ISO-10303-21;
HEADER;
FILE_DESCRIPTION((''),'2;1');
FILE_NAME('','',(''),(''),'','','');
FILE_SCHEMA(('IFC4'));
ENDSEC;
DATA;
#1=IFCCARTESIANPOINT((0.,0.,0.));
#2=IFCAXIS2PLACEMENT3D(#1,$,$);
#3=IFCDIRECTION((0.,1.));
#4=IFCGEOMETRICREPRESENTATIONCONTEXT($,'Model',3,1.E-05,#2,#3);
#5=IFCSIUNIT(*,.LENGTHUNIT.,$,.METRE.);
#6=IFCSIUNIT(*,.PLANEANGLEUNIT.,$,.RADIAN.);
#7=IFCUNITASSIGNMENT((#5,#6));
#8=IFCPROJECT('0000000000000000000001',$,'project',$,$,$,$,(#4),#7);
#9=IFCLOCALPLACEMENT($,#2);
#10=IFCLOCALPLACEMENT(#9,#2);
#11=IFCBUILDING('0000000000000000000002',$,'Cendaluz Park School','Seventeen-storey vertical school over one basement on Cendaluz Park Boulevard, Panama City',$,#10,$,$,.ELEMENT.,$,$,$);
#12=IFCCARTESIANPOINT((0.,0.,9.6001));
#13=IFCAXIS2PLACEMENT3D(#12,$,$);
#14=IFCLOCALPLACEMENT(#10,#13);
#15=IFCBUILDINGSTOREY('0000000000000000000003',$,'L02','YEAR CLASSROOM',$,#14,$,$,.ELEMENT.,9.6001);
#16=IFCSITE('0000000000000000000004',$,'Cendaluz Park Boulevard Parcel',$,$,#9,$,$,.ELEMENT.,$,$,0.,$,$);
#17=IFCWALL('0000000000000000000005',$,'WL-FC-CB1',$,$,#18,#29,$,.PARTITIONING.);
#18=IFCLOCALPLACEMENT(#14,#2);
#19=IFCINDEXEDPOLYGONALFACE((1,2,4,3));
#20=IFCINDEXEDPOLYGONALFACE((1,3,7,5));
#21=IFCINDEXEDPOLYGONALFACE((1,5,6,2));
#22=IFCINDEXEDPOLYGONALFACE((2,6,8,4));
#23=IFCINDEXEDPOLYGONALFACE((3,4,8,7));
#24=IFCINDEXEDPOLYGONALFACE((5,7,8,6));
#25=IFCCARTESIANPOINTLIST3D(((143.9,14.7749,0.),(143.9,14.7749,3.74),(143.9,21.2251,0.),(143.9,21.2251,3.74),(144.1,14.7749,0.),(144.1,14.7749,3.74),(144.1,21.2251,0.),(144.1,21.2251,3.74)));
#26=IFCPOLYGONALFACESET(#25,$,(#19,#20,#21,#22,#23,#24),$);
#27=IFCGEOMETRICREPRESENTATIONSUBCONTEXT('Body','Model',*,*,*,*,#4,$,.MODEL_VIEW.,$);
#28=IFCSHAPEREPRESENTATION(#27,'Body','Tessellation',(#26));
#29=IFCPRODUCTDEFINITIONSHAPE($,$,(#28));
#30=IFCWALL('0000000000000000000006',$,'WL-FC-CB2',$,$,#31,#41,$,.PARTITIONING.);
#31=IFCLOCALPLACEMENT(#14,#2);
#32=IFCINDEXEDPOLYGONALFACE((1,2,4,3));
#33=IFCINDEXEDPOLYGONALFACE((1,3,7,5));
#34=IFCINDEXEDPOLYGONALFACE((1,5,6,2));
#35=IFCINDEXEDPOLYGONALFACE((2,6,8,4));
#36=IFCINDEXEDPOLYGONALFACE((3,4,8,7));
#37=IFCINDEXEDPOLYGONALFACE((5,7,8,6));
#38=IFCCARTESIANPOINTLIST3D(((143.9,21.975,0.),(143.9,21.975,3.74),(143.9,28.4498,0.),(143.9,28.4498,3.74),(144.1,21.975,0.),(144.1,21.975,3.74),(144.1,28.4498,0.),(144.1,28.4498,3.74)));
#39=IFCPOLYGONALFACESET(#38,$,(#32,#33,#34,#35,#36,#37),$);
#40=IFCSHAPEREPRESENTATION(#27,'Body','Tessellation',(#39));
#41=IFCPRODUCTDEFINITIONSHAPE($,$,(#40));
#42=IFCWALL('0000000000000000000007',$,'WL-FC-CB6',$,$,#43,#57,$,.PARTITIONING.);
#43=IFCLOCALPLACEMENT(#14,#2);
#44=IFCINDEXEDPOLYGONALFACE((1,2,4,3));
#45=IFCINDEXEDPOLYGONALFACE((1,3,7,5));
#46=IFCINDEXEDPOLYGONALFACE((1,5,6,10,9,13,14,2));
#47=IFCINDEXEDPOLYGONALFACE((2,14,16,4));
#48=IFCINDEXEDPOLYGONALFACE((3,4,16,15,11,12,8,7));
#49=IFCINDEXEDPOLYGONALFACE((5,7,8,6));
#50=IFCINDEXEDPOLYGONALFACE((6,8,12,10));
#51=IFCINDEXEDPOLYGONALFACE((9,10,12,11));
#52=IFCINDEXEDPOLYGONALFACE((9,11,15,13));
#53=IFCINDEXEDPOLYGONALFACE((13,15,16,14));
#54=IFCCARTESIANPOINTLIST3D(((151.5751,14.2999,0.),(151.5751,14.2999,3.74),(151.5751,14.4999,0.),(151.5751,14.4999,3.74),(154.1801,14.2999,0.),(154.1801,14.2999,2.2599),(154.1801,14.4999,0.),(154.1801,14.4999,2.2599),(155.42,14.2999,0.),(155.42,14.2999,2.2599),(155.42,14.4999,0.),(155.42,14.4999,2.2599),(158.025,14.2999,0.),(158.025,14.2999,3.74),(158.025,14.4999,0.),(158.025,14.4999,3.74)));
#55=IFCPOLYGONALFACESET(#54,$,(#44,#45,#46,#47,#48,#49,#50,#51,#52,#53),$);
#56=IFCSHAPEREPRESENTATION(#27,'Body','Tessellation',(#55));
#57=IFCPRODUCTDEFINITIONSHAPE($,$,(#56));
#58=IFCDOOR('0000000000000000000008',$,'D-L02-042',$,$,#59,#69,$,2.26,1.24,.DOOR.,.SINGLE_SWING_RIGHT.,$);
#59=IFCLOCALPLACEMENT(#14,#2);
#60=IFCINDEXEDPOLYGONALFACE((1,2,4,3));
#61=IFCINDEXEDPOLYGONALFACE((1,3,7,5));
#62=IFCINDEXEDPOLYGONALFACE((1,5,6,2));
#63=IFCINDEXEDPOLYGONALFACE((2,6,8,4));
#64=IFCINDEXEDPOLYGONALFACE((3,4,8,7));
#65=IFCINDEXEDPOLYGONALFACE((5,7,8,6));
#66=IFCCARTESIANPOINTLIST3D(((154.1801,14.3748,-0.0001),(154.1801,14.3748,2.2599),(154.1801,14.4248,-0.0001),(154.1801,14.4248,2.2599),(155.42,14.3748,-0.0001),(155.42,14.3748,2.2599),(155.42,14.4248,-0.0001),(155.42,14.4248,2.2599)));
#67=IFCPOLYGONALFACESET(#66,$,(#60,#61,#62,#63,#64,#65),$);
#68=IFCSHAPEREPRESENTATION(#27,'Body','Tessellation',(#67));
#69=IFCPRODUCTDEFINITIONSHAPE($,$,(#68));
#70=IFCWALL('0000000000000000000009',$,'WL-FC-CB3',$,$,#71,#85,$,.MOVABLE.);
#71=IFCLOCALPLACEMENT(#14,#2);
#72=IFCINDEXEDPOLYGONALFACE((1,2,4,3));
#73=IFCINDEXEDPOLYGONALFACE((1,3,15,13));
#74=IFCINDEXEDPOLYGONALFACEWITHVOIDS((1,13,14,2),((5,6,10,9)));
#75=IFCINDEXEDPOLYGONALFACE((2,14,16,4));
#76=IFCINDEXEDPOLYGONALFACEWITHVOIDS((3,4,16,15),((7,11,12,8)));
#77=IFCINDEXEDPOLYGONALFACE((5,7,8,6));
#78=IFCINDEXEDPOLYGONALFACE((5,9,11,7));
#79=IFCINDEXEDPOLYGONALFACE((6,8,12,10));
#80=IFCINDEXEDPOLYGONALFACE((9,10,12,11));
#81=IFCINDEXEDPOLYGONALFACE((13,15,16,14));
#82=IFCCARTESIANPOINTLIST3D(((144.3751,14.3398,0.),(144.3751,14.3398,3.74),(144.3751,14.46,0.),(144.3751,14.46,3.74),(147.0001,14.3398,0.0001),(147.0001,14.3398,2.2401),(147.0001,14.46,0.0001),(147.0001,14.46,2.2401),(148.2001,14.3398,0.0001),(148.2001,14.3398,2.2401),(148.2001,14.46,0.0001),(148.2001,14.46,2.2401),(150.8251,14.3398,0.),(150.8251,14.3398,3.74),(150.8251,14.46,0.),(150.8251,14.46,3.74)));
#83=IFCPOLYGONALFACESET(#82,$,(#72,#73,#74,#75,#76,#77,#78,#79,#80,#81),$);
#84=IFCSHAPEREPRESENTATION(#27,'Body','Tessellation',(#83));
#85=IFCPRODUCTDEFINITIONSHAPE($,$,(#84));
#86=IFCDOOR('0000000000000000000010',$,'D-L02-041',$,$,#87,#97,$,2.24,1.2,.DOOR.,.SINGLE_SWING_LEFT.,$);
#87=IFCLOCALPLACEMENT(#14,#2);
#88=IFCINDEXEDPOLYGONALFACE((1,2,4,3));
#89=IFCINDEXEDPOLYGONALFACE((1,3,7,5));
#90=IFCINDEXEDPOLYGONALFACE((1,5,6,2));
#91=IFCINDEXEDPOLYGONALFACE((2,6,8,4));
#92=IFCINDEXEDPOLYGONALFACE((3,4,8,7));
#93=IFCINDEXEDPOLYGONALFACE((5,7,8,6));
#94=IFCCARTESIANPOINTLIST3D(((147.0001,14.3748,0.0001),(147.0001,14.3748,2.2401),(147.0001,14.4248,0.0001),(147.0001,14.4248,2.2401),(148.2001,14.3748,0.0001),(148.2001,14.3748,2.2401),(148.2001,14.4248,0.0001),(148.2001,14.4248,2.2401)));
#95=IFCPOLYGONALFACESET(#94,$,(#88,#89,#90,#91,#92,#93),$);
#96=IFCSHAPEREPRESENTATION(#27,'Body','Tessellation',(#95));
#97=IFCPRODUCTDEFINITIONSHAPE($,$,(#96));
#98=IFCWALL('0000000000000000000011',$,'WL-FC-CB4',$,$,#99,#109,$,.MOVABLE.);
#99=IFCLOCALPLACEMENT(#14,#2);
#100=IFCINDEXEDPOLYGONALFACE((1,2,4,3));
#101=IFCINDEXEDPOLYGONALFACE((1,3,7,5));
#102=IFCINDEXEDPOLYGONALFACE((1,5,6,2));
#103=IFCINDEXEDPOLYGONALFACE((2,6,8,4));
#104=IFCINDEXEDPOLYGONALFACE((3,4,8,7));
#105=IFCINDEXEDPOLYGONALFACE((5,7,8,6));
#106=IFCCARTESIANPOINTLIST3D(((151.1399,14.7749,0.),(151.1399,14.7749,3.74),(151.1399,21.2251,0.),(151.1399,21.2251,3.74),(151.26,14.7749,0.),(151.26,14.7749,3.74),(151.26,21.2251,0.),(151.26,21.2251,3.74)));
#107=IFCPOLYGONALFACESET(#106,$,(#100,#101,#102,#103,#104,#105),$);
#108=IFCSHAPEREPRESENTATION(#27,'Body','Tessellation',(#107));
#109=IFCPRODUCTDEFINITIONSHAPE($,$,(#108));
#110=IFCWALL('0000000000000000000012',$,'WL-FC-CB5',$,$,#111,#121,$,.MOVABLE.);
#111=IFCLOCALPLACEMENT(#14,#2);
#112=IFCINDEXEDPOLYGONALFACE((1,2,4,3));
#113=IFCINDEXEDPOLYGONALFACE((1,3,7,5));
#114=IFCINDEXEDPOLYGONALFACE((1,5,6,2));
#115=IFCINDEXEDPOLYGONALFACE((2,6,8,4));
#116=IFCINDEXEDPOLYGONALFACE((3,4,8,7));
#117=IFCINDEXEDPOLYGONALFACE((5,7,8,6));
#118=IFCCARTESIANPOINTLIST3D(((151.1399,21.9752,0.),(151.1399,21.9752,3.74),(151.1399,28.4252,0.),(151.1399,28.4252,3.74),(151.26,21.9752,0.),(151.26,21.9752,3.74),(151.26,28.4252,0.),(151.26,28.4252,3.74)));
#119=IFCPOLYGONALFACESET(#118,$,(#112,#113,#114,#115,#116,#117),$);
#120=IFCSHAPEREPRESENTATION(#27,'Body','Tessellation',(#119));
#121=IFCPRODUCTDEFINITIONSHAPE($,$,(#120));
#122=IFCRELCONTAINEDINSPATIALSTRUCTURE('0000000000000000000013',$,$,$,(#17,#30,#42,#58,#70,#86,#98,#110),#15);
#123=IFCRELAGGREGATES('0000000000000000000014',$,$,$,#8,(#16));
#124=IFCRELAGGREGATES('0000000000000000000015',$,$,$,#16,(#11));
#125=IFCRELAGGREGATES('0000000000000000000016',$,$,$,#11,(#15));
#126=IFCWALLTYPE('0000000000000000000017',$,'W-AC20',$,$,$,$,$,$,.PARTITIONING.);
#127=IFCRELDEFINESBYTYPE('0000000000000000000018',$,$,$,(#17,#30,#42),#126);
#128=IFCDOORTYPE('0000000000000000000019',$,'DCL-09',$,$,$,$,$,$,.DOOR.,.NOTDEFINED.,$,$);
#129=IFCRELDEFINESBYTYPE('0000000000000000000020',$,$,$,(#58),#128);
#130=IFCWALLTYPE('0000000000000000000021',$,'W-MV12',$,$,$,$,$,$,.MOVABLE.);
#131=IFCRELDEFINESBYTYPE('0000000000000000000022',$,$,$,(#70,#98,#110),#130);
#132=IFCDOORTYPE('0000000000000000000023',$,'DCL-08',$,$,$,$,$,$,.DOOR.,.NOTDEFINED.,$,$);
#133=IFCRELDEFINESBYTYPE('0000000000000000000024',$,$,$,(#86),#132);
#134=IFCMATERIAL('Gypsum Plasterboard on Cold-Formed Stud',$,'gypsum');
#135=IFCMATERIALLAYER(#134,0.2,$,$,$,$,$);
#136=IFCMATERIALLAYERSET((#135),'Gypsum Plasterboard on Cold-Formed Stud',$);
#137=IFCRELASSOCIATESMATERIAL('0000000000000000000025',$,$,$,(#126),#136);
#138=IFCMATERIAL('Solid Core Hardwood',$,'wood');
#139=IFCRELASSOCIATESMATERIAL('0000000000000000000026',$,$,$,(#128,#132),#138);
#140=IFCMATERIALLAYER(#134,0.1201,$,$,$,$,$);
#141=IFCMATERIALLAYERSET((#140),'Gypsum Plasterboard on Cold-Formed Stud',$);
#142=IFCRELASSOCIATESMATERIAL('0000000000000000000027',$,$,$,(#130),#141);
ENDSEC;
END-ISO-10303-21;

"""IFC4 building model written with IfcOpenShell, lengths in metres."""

from ifc_helpers import new_model, si_unit, direction, frame, frame_2d, origin, place, context, subcontext, project, spatial, rectangle, extrude, material, layer, layer_set, type_object, element, fill, save


model = new_model("IFC4")

# Units and contexts
model_context = context("Model", 3, precision=1e-05, world=origin(), true_north=direction((0.0, 1.0)))
body_context = subcontext(model_context, "Body", "Model", "MODEL_VIEW")
ifc_project = project(units=[si_unit("LENGTHUNIT", "METRE"), si_unit("PLANEANGLEUNIT", "RADIAN")], contexts=[model_context])

# Site, building, storey
site_placement = place(None, origin())
site = spatial("IfcSite", under=ifc_project, at=site_placement, Name="Cendaluz Park Boulevard Parcel", CompositionType="ELEMENT", RefElevation=0.0)
building_placement = place(site_placement, origin())
building = spatial("IfcBuilding", under=site, at=building_placement, Name="Cendaluz Park School", Description="Seventeen-storey vertical school over one basement on Cendaluz Park Boulevard, Panama City", CompositionType="ELEMENT")
storey_placement = place(building_placement, frame((0.0, 0.0, 9.6001)))
storey = spatial("IfcBuildingStorey", under=building, at=storey_placement, Name="L02", Description="YEAR CLASSROOM", CompositionType="ELEMENT", Elevation=9.6001)

# Walls
ifc_material_1 = material(Name="Gypsum Plasterboard on Cold-Formed Stud", Category="gypsum")
ifc_layer_1 = layer(ifc_material_1, 0.2)
ifc_layer_set_1 = layer_set([ifc_layer_1], Name="Gypsum Plasterboard on Cold-Formed Stud")
wall_type_1 = type_object("IfcWallType", Name="W-AC20", PredefinedType="PARTITIONING", material=ifc_layer_set_1)
wall_1_placement = place(storey_placement, frame((144.0, 14.7749, 0.0), z_axis=(0.0, 0.0, 1.0), x_axis=(0.0, 1.0, 0.0)))
element("IfcWall", 1, at=wall_1_placement, inside=storey, type_object=wall_type_1, Name="WL-FC-CB1", PredefinedType="PARTITIONING", context=body_context, shape_type="SweptSolid", body=[
    extrude(rectangle(XDim=6.4502, YDim=0.2, at=frame_2d((3.2251, 0.0))), origin(), (0.0, 0.0, 1.0), 3.74),
])
wall_2_placement = place(storey_placement, frame((144.0, 21.9751, 0.0), z_axis=(0.0, 0.0, 1.0), x_axis=(0.0, 1.0, 0.0)))
element("IfcWall", 2, at=wall_2_placement, inside=storey, type_object=wall_type_1, Name="WL-FC-CB2", PredefinedType="PARTITIONING", context=body_context, shape_type="SweptSolid", body=[
    extrude(rectangle(XDim=6.4749, YDim=0.2, at=frame_2d((3.2373, 0.0))), origin(), (0.0, 0.0, 1.0), 3.74),
])

# Walls, openings, doors
wall_3_placement = place(storey_placement, frame((151.575, 14.3999, 0.0), z_axis=(0.0, 0.0, 1.0), x_axis=(1.0, 0.0, 0.0)))
wall_3 = element("IfcWall", 3, at=wall_3_placement, inside=storey, type_object=wall_type_1, Name="WL-FC-CB6", PredefinedType="PARTITIONING", context=body_context, shape_type="SweptSolid", body=[
    extrude(rectangle(XDim=6.45, YDim=0.2, at=frame_2d((3.2251, 0.0))), origin(), (0.0, 0.0, 1.0), 3.74),
])
opening_1_placement = place(wall_3_placement, frame((2.605, 0.0, 0.0)))
opening_1 = element("IfcOpeningElement", 4, at=opening_1_placement, cuts=wall_3, PredefinedType="OPENING", context=body_context, shape_type="SweptSolid", body=[
    extrude(rectangle(XDim=1.24, YDim=2.26, at=frame_2d((0.6201, 1.1299))), frame((0.0, 0.1121, 0.0), z_axis=(0.0, -1.0, 0.0), x_axis=(1.0, 0.0, 0.0)), (0.0, 0.0, 1.0), 0.2239),
])
ifc_material_2 = material(Name="Solid Core Hardwood", Category="wood")
door_type_1 = type_object("IfcDoorType", Name="DCL-09", OperationType="NOTDEFINED", PredefinedType="DOOR", material=ifc_material_2)
door_1_placement = place(opening_1_placement, origin())
door_1 = element("IfcDoor", 5, at=door_1_placement, inside=storey, type_object=door_type_1, Name="D-L02-042", OperationType="SINGLE_SWING_RIGHT", OverallHeight=2.26, OverallWidth=1.24, PredefinedType="DOOR", context=body_context, shape_type="SweptSolid", body=[
    extrude(rectangle(XDim=1.24, YDim=2.26, at=frame_2d((0.6201, 1.1299))), frame((0.0, 0.0249, 0.0), z_axis=(0.0, -1.0, 0.0), x_axis=(1.0, 0.0, 0.0)), (0.0, 0.0, 1.0), 0.05),
])
fill(opening_1, door_1)
ifc_layer_2 = layer(ifc_material_1, 0.1201)
ifc_layer_set_2 = layer_set([ifc_layer_2], Name="Gypsum Plasterboard on Cold-Formed Stud")
wall_type_2 = type_object("IfcWallType", Name="W-MV12", PredefinedType="MOVABLE", material=ifc_layer_set_2)
wall_4_placement = place(storey_placement, frame((144.375, 14.3999, 0.0), z_axis=(0.0, 0.0, 1.0), x_axis=(1.0, 0.0, 0.0)))
wall_4 = element("IfcWall", 6, at=wall_4_placement, inside=storey, type_object=wall_type_2, Name="WL-FC-CB3", PredefinedType="MOVABLE", context=body_context, shape_type="SweptSolid", body=[
    extrude(rectangle(XDim=6.45, YDim=0.1201, at=frame_2d((3.2251, 0.0))), origin(), (0.0, 0.0, 1.0), 3.74),
])
opening_2_placement = place(wall_4_placement, frame((2.625, 0.0, 0.0)))
opening_2 = element("IfcOpeningElement", 7, at=opening_2_placement, cuts=wall_4, PredefinedType="OPENING", context=body_context, shape_type="SweptSolid", body=[
    extrude(rectangle(XDim=1.2, YDim=2.24, at=frame_2d((0.6001, 1.1201))), frame((0.0, 0.072, 0.0), z_axis=(0.0, -1.0, 0.0), x_axis=(1.0, 0.0, 0.0)), (0.0, 0.0, 1.0), 0.144),
])
door_type_2 = type_object("IfcDoorType", Name="DCL-08", OperationType="NOTDEFINED", PredefinedType="DOOR", material=ifc_material_2)
door_2_placement = place(opening_2_placement, origin())
door_2 = element("IfcDoor", 8, at=door_2_placement, inside=storey, type_object=door_type_2, Name="D-L02-041", OperationType="SINGLE_SWING_LEFT", OverallHeight=2.24, OverallWidth=1.2, PredefinedType="DOOR", context=body_context, shape_type="SweptSolid", body=[
    extrude(rectangle(XDim=1.2, YDim=2.24, at=frame_2d((0.6001, 1.1201))), frame((0.0, 0.0249, 0.0), z_axis=(0.0, -1.0, 0.0), x_axis=(1.0, 0.0, 0.0)), (0.0, 0.0, 1.0), 0.05),
])
fill(opening_2, door_2)

# Walls
wall_5_placement = place(storey_placement, frame((151.2, 14.7749, 0.0), z_axis=(0.0, 0.0, 1.0), x_axis=(0.0, 1.0, 0.0)))
element("IfcWall", 9, at=wall_5_placement, inside=storey, type_object=wall_type_2, Name="WL-FC-CB4", PredefinedType="MOVABLE", context=body_context, shape_type="SweptSolid", body=[
    extrude(rectangle(XDim=6.4502, YDim=0.1201, at=frame_2d((3.2251, 0.0))), origin(), (0.0, 0.0, 1.0), 3.74),
])
wall_6_placement = place(storey_placement, frame((151.2, 21.9751, 0.0), z_axis=(0.0, 0.0, 1.0), x_axis=(0.0, 1.0, 0.0)))
element("IfcWall", 10, at=wall_6_placement, inside=storey, type_object=wall_type_2, Name="WL-FC-CB5", PredefinedType="MOVABLE", context=body_context, shape_type="SweptSolid", body=[
    extrude(rectangle(XDim=6.45, YDim=0.1201, at=frame_2d((3.2251, 0.0))), origin(), (0.0, 0.0, 1.0), 3.74),
])

save(model, "model.ifc")
